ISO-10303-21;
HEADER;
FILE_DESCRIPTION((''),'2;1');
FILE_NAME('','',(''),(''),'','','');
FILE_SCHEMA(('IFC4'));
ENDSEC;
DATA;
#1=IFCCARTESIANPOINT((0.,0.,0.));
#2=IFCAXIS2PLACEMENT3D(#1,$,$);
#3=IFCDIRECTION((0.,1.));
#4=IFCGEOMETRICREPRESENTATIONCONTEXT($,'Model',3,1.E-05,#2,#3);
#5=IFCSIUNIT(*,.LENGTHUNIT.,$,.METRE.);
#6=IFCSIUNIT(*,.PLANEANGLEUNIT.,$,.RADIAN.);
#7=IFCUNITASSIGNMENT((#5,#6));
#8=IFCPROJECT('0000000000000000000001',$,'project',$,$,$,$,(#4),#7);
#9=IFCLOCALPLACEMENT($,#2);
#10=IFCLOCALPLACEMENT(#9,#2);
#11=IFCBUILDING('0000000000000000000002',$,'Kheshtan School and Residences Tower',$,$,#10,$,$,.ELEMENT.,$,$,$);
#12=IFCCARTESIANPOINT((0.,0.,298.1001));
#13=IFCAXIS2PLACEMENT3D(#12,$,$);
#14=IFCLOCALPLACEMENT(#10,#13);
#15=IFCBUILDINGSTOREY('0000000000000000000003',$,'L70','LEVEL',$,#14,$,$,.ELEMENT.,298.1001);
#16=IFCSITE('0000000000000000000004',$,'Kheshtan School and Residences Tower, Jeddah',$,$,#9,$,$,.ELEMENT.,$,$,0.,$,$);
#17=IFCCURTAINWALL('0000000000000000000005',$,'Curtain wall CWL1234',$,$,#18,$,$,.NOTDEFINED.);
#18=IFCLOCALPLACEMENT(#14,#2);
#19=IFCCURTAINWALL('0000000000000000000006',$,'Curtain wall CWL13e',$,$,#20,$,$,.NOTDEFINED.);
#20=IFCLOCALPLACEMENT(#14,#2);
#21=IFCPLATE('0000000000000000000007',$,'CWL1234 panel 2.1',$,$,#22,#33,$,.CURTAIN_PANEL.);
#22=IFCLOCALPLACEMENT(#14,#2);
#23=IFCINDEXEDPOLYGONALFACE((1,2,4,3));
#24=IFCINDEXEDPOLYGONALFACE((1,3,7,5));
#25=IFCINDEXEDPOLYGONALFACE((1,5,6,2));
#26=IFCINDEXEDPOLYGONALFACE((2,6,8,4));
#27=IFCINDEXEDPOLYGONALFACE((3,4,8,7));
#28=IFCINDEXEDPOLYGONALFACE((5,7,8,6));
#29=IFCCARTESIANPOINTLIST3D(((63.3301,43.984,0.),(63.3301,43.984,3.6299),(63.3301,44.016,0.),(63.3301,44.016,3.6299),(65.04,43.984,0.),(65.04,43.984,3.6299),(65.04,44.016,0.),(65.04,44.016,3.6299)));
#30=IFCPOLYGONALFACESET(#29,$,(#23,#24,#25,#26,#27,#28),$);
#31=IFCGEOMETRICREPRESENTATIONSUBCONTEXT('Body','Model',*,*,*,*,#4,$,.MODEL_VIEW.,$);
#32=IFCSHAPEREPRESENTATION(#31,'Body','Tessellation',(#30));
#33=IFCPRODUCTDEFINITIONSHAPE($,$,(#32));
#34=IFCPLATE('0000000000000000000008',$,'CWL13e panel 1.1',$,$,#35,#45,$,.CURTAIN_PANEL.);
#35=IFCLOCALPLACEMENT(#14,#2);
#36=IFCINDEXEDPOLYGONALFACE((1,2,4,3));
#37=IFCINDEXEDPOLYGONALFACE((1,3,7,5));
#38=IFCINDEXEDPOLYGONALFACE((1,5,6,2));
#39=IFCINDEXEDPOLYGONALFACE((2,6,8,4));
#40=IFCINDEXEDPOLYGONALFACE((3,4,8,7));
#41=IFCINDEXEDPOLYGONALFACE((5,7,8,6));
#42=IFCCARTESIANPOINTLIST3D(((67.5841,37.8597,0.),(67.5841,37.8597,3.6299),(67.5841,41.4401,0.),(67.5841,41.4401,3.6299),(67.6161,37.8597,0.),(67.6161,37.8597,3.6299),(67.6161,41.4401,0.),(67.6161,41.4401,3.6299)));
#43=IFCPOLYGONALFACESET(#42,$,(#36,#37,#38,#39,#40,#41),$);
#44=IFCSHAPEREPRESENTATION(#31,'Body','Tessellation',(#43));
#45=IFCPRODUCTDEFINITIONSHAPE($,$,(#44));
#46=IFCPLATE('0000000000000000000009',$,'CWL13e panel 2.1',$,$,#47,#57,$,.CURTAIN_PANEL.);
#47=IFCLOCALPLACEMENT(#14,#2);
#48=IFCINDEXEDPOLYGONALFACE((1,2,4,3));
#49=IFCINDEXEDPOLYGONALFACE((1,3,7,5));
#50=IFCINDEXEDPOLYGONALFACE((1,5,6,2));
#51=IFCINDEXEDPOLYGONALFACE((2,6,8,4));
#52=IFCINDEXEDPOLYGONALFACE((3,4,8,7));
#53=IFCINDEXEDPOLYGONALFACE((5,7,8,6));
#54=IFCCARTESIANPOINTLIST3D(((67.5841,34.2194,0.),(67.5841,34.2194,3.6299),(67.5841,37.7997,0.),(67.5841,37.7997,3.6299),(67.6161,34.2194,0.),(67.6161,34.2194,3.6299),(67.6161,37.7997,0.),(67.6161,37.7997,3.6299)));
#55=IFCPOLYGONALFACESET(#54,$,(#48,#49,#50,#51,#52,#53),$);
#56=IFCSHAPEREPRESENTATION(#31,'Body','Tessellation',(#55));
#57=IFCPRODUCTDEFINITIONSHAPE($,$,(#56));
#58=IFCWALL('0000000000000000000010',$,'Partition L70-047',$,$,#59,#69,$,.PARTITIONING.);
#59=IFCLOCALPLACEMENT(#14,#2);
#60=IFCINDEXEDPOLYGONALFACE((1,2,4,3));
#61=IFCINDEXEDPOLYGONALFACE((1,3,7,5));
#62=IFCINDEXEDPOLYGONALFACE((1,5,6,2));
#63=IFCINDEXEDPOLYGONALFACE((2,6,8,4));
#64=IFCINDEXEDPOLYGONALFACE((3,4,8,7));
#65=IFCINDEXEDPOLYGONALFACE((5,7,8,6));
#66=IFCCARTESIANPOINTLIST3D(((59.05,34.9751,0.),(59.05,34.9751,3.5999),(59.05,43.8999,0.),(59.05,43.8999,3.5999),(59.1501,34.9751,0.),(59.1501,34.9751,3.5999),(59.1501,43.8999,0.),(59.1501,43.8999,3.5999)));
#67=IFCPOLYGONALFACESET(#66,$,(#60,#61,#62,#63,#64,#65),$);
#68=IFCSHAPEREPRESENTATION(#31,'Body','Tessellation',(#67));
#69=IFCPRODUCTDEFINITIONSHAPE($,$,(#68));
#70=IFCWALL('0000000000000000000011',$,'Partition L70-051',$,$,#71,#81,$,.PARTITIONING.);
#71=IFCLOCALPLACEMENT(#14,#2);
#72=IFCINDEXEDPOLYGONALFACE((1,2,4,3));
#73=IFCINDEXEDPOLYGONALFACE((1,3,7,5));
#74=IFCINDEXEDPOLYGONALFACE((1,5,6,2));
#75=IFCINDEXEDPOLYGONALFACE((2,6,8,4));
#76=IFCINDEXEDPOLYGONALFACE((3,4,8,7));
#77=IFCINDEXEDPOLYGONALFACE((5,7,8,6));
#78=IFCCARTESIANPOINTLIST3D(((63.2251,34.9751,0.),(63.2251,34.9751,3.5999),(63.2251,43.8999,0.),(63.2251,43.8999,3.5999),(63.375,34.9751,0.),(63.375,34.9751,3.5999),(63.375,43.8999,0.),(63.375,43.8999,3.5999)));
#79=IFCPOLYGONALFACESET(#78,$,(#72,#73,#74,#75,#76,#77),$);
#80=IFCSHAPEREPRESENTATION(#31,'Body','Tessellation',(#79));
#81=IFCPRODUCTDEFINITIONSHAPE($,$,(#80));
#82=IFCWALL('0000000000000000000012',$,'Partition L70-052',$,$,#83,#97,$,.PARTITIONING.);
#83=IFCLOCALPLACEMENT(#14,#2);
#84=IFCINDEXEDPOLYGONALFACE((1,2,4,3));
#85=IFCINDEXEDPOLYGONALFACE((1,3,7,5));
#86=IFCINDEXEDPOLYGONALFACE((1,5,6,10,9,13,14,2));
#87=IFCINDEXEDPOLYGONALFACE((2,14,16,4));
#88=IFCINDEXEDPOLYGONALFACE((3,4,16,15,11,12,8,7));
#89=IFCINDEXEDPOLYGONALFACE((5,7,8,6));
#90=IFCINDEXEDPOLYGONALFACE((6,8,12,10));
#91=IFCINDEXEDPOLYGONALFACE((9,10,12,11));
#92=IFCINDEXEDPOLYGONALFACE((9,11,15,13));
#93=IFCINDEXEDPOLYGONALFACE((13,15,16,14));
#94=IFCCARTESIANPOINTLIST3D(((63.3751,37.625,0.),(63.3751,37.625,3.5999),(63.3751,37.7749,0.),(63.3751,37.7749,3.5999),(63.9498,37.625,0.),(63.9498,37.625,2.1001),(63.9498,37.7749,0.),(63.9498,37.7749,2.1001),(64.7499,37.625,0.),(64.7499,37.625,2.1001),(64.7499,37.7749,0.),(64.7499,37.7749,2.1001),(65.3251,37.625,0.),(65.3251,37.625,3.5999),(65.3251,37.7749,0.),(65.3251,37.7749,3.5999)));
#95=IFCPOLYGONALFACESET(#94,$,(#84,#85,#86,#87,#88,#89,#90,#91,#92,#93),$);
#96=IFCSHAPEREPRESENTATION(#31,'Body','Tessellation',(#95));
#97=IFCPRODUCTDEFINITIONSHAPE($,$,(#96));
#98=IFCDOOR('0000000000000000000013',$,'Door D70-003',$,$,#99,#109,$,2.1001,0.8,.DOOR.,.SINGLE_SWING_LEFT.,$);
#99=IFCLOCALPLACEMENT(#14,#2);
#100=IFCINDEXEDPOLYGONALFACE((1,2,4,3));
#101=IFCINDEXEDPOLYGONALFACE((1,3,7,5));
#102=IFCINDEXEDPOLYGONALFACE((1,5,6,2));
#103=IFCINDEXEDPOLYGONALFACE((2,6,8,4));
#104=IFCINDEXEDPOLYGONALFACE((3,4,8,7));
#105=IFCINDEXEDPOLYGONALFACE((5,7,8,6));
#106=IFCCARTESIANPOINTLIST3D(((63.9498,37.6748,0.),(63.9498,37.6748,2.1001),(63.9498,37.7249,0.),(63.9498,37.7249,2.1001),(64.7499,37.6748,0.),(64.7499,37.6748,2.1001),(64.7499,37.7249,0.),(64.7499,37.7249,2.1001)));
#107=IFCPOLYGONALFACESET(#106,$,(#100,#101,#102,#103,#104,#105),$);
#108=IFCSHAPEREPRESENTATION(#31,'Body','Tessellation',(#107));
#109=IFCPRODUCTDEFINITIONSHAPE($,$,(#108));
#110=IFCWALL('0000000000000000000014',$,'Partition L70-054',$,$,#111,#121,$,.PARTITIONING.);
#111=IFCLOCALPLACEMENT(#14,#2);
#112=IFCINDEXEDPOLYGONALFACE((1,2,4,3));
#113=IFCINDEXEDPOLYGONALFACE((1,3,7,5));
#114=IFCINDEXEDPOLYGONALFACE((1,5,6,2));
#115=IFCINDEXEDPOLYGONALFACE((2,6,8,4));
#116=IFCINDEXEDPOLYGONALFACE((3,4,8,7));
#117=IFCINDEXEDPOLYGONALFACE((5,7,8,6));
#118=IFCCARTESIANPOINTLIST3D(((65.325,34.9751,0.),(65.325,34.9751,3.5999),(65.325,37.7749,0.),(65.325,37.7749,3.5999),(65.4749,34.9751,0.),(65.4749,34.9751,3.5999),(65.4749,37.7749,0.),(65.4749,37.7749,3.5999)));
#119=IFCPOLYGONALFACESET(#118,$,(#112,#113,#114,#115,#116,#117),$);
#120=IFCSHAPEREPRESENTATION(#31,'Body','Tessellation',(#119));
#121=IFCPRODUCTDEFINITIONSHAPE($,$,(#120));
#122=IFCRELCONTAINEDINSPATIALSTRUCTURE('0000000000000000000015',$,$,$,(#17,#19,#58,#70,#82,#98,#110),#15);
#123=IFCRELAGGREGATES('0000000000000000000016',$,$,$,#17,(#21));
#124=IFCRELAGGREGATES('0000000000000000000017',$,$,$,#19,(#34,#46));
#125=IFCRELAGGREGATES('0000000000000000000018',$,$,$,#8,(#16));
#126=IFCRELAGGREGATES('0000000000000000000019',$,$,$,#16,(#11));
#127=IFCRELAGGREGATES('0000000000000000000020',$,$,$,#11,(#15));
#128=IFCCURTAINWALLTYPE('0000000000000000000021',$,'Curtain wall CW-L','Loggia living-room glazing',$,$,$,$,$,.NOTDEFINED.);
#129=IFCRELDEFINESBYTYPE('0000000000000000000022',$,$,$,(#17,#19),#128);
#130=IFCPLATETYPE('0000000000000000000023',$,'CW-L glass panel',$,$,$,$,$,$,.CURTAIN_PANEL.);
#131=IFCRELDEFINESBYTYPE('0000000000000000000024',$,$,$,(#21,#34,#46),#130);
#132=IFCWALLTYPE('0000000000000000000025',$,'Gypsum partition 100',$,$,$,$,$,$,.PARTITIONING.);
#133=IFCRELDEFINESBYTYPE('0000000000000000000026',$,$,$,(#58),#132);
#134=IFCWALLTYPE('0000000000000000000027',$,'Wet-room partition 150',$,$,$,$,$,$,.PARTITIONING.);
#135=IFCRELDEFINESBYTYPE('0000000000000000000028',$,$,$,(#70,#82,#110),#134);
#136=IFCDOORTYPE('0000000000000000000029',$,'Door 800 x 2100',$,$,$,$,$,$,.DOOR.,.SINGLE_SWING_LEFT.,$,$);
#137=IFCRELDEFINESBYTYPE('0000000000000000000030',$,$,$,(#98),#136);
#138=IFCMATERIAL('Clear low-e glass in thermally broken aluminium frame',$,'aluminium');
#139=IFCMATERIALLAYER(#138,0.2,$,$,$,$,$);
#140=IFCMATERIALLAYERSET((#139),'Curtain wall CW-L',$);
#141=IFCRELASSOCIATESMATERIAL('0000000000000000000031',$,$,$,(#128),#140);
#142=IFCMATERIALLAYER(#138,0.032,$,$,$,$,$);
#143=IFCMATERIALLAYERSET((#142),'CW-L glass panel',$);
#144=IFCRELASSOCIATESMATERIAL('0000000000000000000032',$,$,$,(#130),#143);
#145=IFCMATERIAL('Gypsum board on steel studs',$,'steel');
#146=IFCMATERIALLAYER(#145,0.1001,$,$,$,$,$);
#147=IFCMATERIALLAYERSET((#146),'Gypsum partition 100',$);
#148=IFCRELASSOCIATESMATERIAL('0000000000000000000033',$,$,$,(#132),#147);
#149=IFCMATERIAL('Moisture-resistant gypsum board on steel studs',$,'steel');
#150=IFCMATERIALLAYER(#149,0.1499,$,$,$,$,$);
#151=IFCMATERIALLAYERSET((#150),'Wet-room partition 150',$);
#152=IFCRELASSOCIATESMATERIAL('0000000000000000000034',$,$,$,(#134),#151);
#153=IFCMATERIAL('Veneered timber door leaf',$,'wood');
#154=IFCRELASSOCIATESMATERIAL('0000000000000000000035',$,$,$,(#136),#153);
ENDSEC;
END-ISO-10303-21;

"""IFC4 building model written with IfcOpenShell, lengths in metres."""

from ifc_helpers import new_model, si_unit, direction, frame, frame_2d, origin, origin_2d, place, context, subcontext, project, spatial, rectangle, extrude, source, transform, mapped, material, layer, layer_set, type_object, element, fill, aggregate, save


model = new_model("IFC4")

# Units and contexts
model_context = context("Model", 3, precision=1e-05, world=origin(), true_north=direction((0.0, 1.0)))
body_context = subcontext(model_context, "Body", "Model", "MODEL_VIEW")
ifc_project = project(units=[si_unit("LENGTHUNIT", "METRE"), si_unit("PLANEANGLEUNIT", "RADIAN")], contexts=[model_context])

# Site, building, storey
site_placement = place(None, origin())
site = spatial("IfcSite", under=ifc_project, at=site_placement, Name="Kheshtan School and Residences Tower, Jeddah", CompositionType="ELEMENT", RefElevation=0.0)
building_placement = place(site_placement, origin())
building = spatial("IfcBuilding", under=site, at=building_placement, Name="Kheshtan School and Residences Tower", CompositionType="ELEMENT")
storey_placement = place(building_placement, frame((0.0, 0.0, 298.1001)))
storey = spatial("IfcBuildingStorey", under=building, at=storey_placement, Name="L70", Description="LEVEL", CompositionType="ELEMENT", Elevation=298.1001)

# Curtain walls
ifc_material_1 = material(Name="Clear low-e glass in thermally broken aluminium frame", Category="aluminium")
ifc_layer_1 = layer(ifc_material_1, 0.2)
ifc_layer_set_1 = layer_set([ifc_layer_1], Name="Curtain wall CW-L")
curtain_wall_type = type_object("IfcCurtainWallType", Name="Curtain wall CW-L", Description="Loggia living-room glazing", PredefinedType="NOTDEFINED", material=ifc_layer_set_1)
curtain_wall_1_placement = place(storey_placement, origin())
curtain_wall_1 = element("IfcCurtainWall", 1, at=curtain_wall_1_placement, inside=storey, type_object=curtain_wall_type, Name="Curtain wall CWL1234", PredefinedType="NOTDEFINED")
curtain_wall_2_placement = place(storey_placement, origin())
curtain_wall_2 = element("IfcCurtainWall", 2, at=curtain_wall_2_placement, inside=storey, type_object=curtain_wall_type, Name="Curtain wall CWL13e", PredefinedType="NOTDEFINED")

# Plates
ifc_layer_2 = layer(ifc_material_1, 0.032)
ifc_layer_set_2 = layer_set([ifc_layer_2], Name="CW-L glass panel")
plate_type = type_object("IfcPlateType", Name="CW-L glass panel", PredefinedType="CURTAIN_PANEL", material=ifc_layer_set_2)
plate_1_placement = place(storey_placement, frame((64.1851, 44.0, 0.0), z_axis=(0.0, 0.0, 1.0), x_axis=(1.0, 0.0, 0.0)))
plate_1 = element("IfcPlate", 3, at=plate_1_placement, type_object=plate_type, Name="CWL1234 panel 2.1", PredefinedType="CURTAIN_PANEL", context=body_context, shape_type="SweptSolid", body=[
    extrude(rectangle(XDim=1.71, YDim=0.032, at=origin_2d()), origin(), (0.0, 0.0, 1.0), 3.6299),
])
aggregate(curtain_wall_1, [plate_1])
plate_2_placement = place(storey_placement, frame((67.6001, 39.6499, 0.0), z_axis=(0.0, 0.0, 1.0), x_axis=(0.0, -1.0, 0.0)))
plate_2 = element("IfcPlate", 4, at=plate_2_placement, type_object=plate_type, Name="CWL13e panel 1.1", PredefinedType="CURTAIN_PANEL", context=body_context, shape_type="SweptSolid", body=[
    extrude(rectangle(XDim=3.5803, YDim=0.032, at=origin_2d()), origin(), (0.0, 0.0, 1.0), 3.6299),
])
plate_3_placement = place(storey_placement, frame((67.6001, 36.0095, 0.0), z_axis=(0.0, 0.0, 1.0), x_axis=(0.0, -1.0, 0.0)))
plate_3 = element("IfcPlate", 5, at=plate_3_placement, type_object=plate_type, Name="CWL13e panel 2.1", PredefinedType="CURTAIN_PANEL", context=body_context, shape_type="SweptSolid", body=[
    extrude(rectangle(XDim=3.5803, YDim=0.032, at=origin_2d()), origin(), (0.0, 0.0, 1.0), 3.6299),
])
aggregate(curtain_wall_2, [plate_2, plate_3])

# Walls
ifc_material_2 = material(Name="Gypsum board on steel studs", Category="steel")
ifc_layer_3 = layer(ifc_material_2, 0.1001)
ifc_layer_set_3 = layer_set([ifc_layer_3], Name="Gypsum partition 100")
wall_type_1 = type_object("IfcWallType", Name="Gypsum partition 100", PredefinedType="PARTITIONING", material=ifc_layer_set_3)
wall_1_placement = place(storey_placement, frame((59.1001, 34.9751, 0.0), z_axis=(0.0, 0.0, 1.0), x_axis=(0.0, 1.0, 0.0)))
element("IfcWall", 6, at=wall_1_placement, inside=storey, type_object=wall_type_1, Name="Partition L70-047", PredefinedType="PARTITIONING", context=body_context, shape_type="SweptSolid", body=[
    extrude(rectangle(XDim=8.9248, YDim=0.1001, at=frame_2d((4.4624, 0.0))), origin(), (0.0, 0.0, 1.0), 3.5999),
])
ifc_material_3 = material(Name="Moisture-resistant gypsum board on steel studs", Category="steel")
ifc_layer_4 = layer(ifc_material_3, 0.1499)
ifc_layer_set_4 = layer_set([ifc_layer_4], Name="Wet-room partition 150")
wall_type_2 = type_object("IfcWallType", Name="Wet-room partition 150", PredefinedType="PARTITIONING", material=ifc_layer_set_4)
wall_2_placement = place(storey_placement, frame((63.3, 34.9751, 0.0), z_axis=(0.0, 0.0, 1.0), x_axis=(0.0, 1.0, 0.0)))
element("IfcWall", 7, at=wall_2_placement, inside=storey, type_object=wall_type_2, Name="Partition L70-051", PredefinedType="PARTITIONING", context=body_context, shape_type="SweptSolid", body=[
    extrude(rectangle(XDim=8.9248, YDim=0.1499, at=frame_2d((4.4624, 0.0))), origin(), (0.0, 0.0, 1.0), 3.5999),
])

# Wall, opening, door
wall_3_placement = place(storey_placement, frame((63.375, 37.7, 0.0), z_axis=(0.0, 0.0, 1.0), x_axis=(1.0, 0.0, 0.0)))
wall_3 = element("IfcWall", 8, at=wall_3_placement, inside=storey, type_object=wall_type_2, Name="Partition L70-052", PredefinedType="PARTITIONING", context=body_context, shape_type="SweptSolid", body=[
    extrude(rectangle(XDim=1.95, YDim=0.1499, at=frame_2d((0.9751, 0.0))), origin(), (0.0, 0.0, 1.0), 3.5999),
])
opening_1_placement = place(wall_3_placement, frame((0.575, 0.0, 0.0)))
opening_1 = element("IfcOpeningElement", 9, at=opening_1_placement, cuts=wall_3, PredefinedType="OPENING", context=body_context, shape_type="SweptSolid", body=[
    extrude(rectangle(XDim=0.8, YDim=2.1001, at=frame_2d((0.3999, 1.05))), frame((0.0, 0.085, 0.0), z_axis=(0.0, -1.0, 0.0), x_axis=(1.0, 0.0, 0.0)), (0.0, 0.0, 1.0), 0.1699),
])
ifc_material_4 = material(Name="Veneered timber door leaf", Category="wood")
door_type_1 = type_object("IfcDoorType", Name="Door 800 x 2100", OperationType="SINGLE_SWING_LEFT", PredefinedType="DOOR", material=ifc_material_4)
shared_shape_1 = source(origin(), body_context, "Body", "SweptSolid", [
    extrude(rectangle(XDim=0.8, YDim=2.1001, at=frame_2d((0.3999, 1.05))), frame((0.0, 0.0249, 0.0), z_axis=(0.0, -1.0, 0.0), x_axis=(1.0, 0.0, 0.0)), (0.0, 0.0, 1.0), 0.05),
])
door_1_placement = place(opening_1_placement, origin())
door_1 = element("IfcDoor", 10, at=door_1_placement, inside=storey, type_object=door_type_1, Name="Door D70-003", OperationType="SINGLE_SWING_LEFT", OverallHeight=2.1001, OverallWidth=0.8, PredefinedType="DOOR", context=body_context, shape_type="MappedRepresentation", body=[
    mapped(shared_shape_1, transform((0.0, 0.0, 0.0), x_axis=(1.0, 0.0, 0.0), y_axis=(0.0, 1.0, 0.0), z_axis=(0.0, 0.0, 1.0), scale=1.0)),
])
fill(opening_1, door_1)

# Wall
wall_4_placement = place(storey_placement, frame((65.3999, 34.9751, 0.0), z_axis=(0.0, 0.0, 1.0), x_axis=(0.0, 1.0, 0.0)))
element("IfcWall", 11, at=wall_4_placement, inside=storey, type_object=wall_type_2, Name="Partition L70-054", PredefinedType="PARTITIONING", context=body_context, shape_type="SweptSolid", body=[
    extrude(rectangle(XDim=2.7998, YDim=0.1499, at=frame_2d((1.3999, 0.0))), origin(), (0.0, 0.0, 1.0), 3.5999),
])

save(model, "model.ifc")
